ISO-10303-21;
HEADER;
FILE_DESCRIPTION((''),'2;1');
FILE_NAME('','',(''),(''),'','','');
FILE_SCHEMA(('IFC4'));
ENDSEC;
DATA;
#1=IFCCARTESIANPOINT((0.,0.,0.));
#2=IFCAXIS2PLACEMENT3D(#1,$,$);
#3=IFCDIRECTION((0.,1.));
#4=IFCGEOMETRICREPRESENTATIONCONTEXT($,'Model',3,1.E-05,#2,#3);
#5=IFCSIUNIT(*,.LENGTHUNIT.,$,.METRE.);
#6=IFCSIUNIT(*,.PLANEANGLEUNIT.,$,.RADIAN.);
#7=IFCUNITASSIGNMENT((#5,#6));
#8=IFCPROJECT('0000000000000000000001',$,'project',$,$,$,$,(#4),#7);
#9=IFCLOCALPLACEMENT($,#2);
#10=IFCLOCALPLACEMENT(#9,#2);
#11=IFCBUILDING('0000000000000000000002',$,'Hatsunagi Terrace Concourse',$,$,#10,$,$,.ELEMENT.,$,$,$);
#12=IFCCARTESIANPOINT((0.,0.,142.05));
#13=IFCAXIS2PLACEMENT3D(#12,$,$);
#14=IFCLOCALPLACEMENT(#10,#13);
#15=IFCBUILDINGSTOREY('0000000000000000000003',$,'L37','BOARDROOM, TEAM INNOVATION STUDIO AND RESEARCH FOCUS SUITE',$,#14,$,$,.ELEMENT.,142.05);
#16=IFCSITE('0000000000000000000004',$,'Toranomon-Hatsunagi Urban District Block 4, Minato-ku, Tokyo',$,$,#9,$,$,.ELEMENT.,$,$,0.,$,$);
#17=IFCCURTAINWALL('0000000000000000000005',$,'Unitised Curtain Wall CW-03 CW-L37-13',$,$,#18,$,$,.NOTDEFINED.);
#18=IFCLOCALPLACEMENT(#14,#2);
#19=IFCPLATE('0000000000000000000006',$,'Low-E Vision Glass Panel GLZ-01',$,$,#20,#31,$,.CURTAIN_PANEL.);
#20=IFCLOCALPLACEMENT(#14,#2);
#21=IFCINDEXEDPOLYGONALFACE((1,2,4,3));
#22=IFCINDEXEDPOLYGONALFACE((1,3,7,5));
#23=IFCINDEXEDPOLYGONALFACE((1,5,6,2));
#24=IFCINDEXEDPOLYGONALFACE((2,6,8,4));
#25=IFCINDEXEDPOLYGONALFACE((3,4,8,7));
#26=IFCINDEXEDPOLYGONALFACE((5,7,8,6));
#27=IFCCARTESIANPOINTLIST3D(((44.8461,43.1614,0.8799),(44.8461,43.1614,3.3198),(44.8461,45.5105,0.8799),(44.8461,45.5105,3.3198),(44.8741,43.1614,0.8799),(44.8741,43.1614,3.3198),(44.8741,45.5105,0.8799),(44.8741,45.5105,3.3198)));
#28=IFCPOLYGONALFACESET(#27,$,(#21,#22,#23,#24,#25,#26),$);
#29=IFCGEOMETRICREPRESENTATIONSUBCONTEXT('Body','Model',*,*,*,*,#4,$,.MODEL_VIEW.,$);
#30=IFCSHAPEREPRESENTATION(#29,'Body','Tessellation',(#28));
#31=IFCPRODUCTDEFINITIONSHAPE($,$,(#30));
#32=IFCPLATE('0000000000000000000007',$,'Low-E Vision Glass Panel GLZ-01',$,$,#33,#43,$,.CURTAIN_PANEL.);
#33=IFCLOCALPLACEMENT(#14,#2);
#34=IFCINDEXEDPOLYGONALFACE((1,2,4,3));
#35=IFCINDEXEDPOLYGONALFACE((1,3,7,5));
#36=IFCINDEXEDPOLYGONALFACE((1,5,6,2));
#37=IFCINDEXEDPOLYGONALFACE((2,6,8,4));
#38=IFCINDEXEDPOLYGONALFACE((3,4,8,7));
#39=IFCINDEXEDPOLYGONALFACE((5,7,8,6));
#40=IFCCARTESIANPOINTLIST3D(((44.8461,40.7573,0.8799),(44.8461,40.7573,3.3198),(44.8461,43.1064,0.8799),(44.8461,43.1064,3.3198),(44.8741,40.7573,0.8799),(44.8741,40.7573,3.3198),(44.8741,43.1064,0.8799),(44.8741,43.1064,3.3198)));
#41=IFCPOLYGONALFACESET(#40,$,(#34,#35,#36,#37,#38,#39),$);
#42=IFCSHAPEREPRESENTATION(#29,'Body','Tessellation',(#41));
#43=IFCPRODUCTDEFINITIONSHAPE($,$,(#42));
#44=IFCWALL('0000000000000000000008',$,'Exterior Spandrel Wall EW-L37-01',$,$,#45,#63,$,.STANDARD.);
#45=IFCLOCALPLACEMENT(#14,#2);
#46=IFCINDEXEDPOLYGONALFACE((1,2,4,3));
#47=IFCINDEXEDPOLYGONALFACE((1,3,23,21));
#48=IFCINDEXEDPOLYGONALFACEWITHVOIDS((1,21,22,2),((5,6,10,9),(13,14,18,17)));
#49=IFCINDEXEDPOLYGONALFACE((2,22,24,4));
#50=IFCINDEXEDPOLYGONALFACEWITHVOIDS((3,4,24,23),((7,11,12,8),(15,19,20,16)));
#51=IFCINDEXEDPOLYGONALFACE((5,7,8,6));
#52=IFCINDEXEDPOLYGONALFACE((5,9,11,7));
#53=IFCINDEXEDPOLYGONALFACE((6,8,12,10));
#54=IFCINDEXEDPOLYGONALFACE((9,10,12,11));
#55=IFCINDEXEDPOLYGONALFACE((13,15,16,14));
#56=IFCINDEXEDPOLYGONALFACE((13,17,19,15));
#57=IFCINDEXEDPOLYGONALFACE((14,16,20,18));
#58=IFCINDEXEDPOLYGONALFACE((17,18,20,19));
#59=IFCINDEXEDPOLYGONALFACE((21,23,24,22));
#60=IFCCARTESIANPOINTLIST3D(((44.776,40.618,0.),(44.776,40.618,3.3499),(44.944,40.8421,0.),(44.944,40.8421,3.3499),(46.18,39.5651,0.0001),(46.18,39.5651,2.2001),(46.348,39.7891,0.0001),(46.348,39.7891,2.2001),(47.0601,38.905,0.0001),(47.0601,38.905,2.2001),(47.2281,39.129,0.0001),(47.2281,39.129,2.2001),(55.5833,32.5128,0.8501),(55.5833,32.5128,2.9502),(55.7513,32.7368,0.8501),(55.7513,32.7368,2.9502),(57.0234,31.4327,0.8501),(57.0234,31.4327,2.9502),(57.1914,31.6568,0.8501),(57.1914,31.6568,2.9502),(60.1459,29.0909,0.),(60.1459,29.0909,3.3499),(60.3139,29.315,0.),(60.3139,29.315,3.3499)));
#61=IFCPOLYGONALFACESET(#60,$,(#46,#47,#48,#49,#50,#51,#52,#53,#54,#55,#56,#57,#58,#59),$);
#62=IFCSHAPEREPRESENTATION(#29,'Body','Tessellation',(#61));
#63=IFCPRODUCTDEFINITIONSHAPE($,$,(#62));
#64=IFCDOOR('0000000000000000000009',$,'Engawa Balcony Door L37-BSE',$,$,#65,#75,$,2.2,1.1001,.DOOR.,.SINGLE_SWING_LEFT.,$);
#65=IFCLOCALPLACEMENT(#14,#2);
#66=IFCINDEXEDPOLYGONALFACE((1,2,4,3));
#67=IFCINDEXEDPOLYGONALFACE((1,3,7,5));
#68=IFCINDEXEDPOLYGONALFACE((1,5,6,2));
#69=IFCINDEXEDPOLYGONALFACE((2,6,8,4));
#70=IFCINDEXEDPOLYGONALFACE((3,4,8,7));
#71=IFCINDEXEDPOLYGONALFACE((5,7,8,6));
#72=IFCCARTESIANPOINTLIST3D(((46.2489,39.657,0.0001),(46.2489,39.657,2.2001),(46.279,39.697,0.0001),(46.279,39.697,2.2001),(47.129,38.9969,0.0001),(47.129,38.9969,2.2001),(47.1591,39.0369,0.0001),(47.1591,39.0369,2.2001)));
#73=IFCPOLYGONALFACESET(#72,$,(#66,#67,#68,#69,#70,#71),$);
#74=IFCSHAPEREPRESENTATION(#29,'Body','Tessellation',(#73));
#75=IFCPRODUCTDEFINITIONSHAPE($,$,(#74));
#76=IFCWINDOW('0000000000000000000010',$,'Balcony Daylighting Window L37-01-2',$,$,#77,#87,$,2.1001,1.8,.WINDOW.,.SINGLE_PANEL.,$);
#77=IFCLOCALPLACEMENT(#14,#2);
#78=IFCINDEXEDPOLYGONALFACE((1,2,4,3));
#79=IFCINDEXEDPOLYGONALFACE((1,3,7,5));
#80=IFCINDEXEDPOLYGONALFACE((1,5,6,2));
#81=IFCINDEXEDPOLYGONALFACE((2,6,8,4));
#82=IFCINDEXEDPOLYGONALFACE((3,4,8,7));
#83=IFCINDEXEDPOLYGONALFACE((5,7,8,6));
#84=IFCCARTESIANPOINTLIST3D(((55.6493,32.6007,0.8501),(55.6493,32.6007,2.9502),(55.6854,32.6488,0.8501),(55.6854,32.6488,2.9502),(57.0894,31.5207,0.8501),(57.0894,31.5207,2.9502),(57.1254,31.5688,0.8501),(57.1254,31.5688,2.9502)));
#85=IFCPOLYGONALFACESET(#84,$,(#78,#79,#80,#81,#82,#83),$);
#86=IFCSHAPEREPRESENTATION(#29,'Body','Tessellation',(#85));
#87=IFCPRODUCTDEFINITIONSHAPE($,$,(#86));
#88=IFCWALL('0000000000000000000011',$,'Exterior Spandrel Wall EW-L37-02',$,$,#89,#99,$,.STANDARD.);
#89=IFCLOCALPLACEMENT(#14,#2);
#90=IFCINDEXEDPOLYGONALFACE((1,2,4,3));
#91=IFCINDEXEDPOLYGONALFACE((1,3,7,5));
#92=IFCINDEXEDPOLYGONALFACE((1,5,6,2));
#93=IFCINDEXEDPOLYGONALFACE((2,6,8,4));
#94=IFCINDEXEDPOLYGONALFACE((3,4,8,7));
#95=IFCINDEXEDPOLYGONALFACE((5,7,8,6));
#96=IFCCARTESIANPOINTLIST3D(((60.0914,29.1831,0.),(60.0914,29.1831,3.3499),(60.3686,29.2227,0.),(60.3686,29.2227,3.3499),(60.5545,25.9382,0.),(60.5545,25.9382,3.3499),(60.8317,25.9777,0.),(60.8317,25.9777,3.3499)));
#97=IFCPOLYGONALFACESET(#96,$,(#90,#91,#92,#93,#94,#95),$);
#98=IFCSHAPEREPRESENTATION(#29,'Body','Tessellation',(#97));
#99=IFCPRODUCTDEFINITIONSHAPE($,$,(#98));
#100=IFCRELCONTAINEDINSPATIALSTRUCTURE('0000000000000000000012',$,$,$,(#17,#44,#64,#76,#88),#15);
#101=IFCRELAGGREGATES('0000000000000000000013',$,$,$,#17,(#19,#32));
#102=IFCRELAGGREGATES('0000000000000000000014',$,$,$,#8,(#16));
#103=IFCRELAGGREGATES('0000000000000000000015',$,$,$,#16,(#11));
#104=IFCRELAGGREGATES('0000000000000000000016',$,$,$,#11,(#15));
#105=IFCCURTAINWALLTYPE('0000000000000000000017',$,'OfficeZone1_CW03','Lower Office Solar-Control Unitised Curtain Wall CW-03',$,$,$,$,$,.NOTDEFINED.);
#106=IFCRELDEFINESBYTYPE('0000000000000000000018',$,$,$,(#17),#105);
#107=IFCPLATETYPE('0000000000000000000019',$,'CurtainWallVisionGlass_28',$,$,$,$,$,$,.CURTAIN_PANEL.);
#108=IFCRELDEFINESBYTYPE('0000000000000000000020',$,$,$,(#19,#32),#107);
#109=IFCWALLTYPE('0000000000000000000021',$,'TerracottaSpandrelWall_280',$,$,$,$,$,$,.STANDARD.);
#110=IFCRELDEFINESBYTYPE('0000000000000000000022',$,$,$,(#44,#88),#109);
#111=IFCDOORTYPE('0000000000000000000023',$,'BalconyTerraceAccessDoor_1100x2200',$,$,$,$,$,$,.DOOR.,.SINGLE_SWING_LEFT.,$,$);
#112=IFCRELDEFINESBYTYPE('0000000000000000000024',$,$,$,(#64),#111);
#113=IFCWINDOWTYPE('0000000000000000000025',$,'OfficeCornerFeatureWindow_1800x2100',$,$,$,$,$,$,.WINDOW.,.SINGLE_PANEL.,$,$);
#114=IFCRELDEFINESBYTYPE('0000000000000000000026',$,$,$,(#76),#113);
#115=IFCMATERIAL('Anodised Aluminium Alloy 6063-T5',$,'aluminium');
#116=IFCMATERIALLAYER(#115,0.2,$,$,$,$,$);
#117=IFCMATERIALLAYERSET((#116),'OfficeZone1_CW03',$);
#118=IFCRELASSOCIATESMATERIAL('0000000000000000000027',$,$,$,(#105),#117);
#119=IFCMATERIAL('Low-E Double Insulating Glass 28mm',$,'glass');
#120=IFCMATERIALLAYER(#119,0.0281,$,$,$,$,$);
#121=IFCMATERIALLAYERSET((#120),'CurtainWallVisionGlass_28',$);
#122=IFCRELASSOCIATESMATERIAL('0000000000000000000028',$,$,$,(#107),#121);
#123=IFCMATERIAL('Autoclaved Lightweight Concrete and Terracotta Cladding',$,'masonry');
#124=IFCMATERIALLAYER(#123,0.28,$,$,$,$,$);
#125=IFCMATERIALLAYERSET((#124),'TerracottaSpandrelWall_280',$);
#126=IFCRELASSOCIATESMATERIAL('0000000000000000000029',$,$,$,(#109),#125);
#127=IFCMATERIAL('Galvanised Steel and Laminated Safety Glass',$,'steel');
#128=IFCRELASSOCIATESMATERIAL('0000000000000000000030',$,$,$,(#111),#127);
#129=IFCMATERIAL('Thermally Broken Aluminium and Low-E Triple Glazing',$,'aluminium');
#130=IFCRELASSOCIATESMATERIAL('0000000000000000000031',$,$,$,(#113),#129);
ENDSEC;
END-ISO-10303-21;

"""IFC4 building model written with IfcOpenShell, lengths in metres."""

from ifc_helpers import new_model, si_unit, direction, frame, frame_2d, origin, origin_2d, place, context, subcontext, project, spatial, rectangle, extrude, material, layer, layer_set, type_object, element, fill, aggregate, save


model = new_model("IFC4")

# Units and contexts
model_context = context("Model", 3, precision=1e-05, world=origin(), true_north=direction((0.0, 1.0)))
body_context = subcontext(model_context, "Body", "Model", "MODEL_VIEW")
ifc_project = project(units=[si_unit("LENGTHUNIT", "METRE"), si_unit("PLANEANGLEUNIT", "RADIAN")], contexts=[model_context])

# Site, building, storey
site_placement = place(None, origin())
site = spatial("IfcSite", under=ifc_project, at=site_placement, Name="Toranomon-Hatsunagi Urban District Block 4, Minato-ku, Tokyo", CompositionType="ELEMENT", RefElevation=0.0)
building_placement = place(site_placement, origin())
building = spatial("IfcBuilding", under=site, at=building_placement, Name="Hatsunagi Terrace Concourse", CompositionType="ELEMENT")
storey_placement = place(building_placement, frame((0.0, 0.0, 142.05)))
storey = spatial("IfcBuildingStorey", under=building, at=storey_placement, Name="L37", Description="BOARDROOM, TEAM INNOVATION STUDIO AND RESEARCH FOCUS SUITE", CompositionType="ELEMENT", Elevation=142.05)

# Curtain wall
ifc_material_1 = material(Name="Anodised Aluminium Alloy 6063-T5", Category="aluminium")
ifc_layer_1 = layer(ifc_material_1, 0.2)
ifc_layer_set_1 = layer_set([ifc_layer_1], Name="OfficeZone1_CW03")
curtain_wall_type = type_object("IfcCurtainWallType", Name="OfficeZone1_CW03", Description="Lower Office Solar-Control Unitised Curtain Wall CW-03", PredefinedType="NOTDEFINED", material=ifc_layer_set_1)
curtain_wall_placement = place(storey_placement, origin())
curtain_wall = element("IfcCurtainWall", 1, at=curtain_wall_placement, inside=storey, type_object=curtain_wall_type, Name="Unitised Curtain Wall CW-03 CW-L37-13", PredefinedType="NOTDEFINED")

# Plates
ifc_material_2 = material(Name="Low-E Double Insulating Glass 28mm", Category="glass")
ifc_layer_2 = layer(ifc_material_2, 0.0281)
ifc_layer_set_2 = layer_set([ifc_layer_2], Name="CurtainWallVisionGlass_28")
plate_type_1 = type_object("IfcPlateType", Name="CurtainWallVisionGlass_28", PredefinedType="CURTAIN_PANEL", material=ifc_layer_set_2)
plate_1_placement = place(storey_placement, frame((44.8601, 44.3359, 0.8799), z_axis=(0.0, 0.0, 1.0), x_axis=(0.0, -1.0, 0.0)))
plate_1 = element("IfcPlate", 2, at=plate_1_placement, type_object=plate_type_1, Name="Low-E Vision Glass Panel GLZ-01", PredefinedType="CURTAIN_PANEL", context=body_context, shape_type="SweptSolid", body=[
    extrude(rectangle(XDim=2.3491, YDim=0.0281, at=origin_2d()), origin(), (0.0, 0.0, 1.0), 2.4399),
])
plate_2_placement = place(storey_placement, frame((44.8601, 41.9319, 0.8799), z_axis=(0.0, 0.0, 1.0), x_axis=(0.0, -1.0, 0.0)))
plate_2 = element("IfcPlate", 3, at=plate_2_placement, type_object=plate_type_1, Name="Low-E Vision Glass Panel GLZ-01", PredefinedType="CURTAIN_PANEL", context=body_context, shape_type="SweptSolid", body=[
    extrude(rectangle(XDim=2.3491, YDim=0.0281, at=origin_2d()), origin(), (0.0, 0.0, 1.0), 2.4399),
])
aggregate(curtain_wall, [plate_1, plate_2])

# Wall, openings, door, window
ifc_material_3 = material(Name="Autoclaved Lightweight Concrete and Terracotta Cladding", Category="masonry")
ifc_layer_3 = layer(ifc_material_3, 0.28)
ifc_layer_set_3 = layer_set([ifc_layer_3], Name="TerracottaSpandrelWall_280")
wall_type = type_object("IfcWallType", Name="TerracottaSpandrelWall_280", PredefinedType="STANDARD", material=ifc_layer_set_3)
wall_1_placement = place(storey_placement, frame((44.8601, 40.73, 0.0), z_axis=(0.0, 0.0, 1.0), x_axis=(0.800008, -0.59999, 0.0)))
wall_1 = element("IfcWall", 4, at=wall_1_placement, inside=storey, type_object=wall_type, Name="Exterior Spandrel Wall EW-L37-01", PredefinedType="STANDARD", context=body_context, shape_type="SweptSolid", body=[
    extrude(rectangle(XDim=19.2122, YDim=0.28, at=frame_2d((9.606, 0.0))), origin(), (0.0, 0.0, 1.0), 3.3499),
])
opening_1_placement = place(wall_1_placement, frame((1.7549, 0.0, 0.0)))
opening_1 = element("IfcOpeningElement", 5, at=opening_1_placement, cuts=wall_1, PredefinedType="OPENING", context=body_context, shape_type="SweptSolid", body=[
    extrude(rectangle(XDim=1.1001, YDim=2.2, at=frame_2d((0.55, 1.1001))), frame((0.0, 0.1499, 0.0), z_axis=(0.0, -1.0, 0.0), x_axis=(1.0, 0.0, 0.0)), (0.0, 0.0, 1.0), 0.3),
])
opening_2_placement = place(wall_1_placement, frame((13.509, 0.0, 0.8501)))
opening_2 = element("IfcOpeningElement", 6, at=opening_2_placement, cuts=wall_1, PredefinedType="OPENING", context=body_context, shape_type="SweptSolid", body=[
    extrude(rectangle(XDim=1.8, YDim=2.1001, at=frame_2d((0.8999, 1.05))), frame((0.0, 0.1499, 0.0), z_axis=(0.0, -1.0, 0.0), x_axis=(1.0, 0.0, 0.0)), (0.0, 0.0, 1.0), 0.3),
])
ifc_material_4 = material(Name="Galvanised Steel and Laminated Safety Glass", Category="steel")
door_type = type_object("IfcDoorType", Name="BalconyTerraceAccessDoor_1100x2200", OperationType="SINGLE_SWING_LEFT", PredefinedType="DOOR", material=ifc_material_4)
door_placement = place(opening_1_placement, origin())
door = element("IfcDoor", 7, at=door_placement, inside=storey, type_object=door_type, Name="Engawa Balcony Door L37-BSE", OperationType="SINGLE_SWING_LEFT", OverallHeight=2.2, OverallWidth=1.1001, PredefinedType="DOOR", context=body_context, shape_type="SweptSolid", body=[
    extrude(rectangle(XDim=1.1001, YDim=2.2, at=frame_2d((0.55, 1.1001))), frame((0.0, 0.0249, 0.0), z_axis=(0.0, -1.0, 0.0), x_axis=(1.0, 0.0, 0.0)), (0.0, 0.0, 1.0), 0.05),
])
fill(opening_1, door)
ifc_material_5 = material(Name="Thermally Broken Aluminium and Low-E Triple Glazing", Category="aluminium")
window_type = type_object("IfcWindowType", Name="OfficeCornerFeatureWindow_1800x2100", PartitioningType="SINGLE_PANEL", PredefinedType="WINDOW", material=ifc_material_5)
window_placement = place(opening_2_placement, origin())
window = element("IfcWindow", 8, at=window_placement, inside=storey, type_object=window_type, Name="Balcony Daylighting Window L37-01-2", OverallHeight=2.1001, OverallWidth=1.8, PartitioningType="SINGLE_PANEL", PredefinedType="WINDOW", context=body_context, shape_type="SweptSolid", body=[
    extrude(rectangle(XDim=1.8, YDim=2.1001, at=frame_2d((0.8999, 1.05))), frame((0.0, 0.03, 0.0), z_axis=(0.0, -1.0, 0.0), x_axis=(1.0, 0.0, 0.0)), (0.0, 0.0, 1.0), 0.0601),
])
fill(opening_2, window)

# Wall
wall_2_placement = place(storey_placement, frame((60.23, 29.2029, 0.0), z_axis=(0.0, 0.0, 1.0), x_axis=(0.141296, -0.989967, 0.0)))
element("IfcWall", 9, at=wall_2_placement, inside=storey, type_object=wall_type, Name="Exterior Spandrel Wall EW-L37-02", PredefinedType="STANDARD", context=body_context, shape_type="SweptSolid", body=[
    extrude(rectangle(XDim=3.2778, YDim=0.28, at=frame_2d((1.6389, 0.0))), origin(), (0.0, 0.0, 1.0), 3.3499),
])

save(model, "model.ifc")
